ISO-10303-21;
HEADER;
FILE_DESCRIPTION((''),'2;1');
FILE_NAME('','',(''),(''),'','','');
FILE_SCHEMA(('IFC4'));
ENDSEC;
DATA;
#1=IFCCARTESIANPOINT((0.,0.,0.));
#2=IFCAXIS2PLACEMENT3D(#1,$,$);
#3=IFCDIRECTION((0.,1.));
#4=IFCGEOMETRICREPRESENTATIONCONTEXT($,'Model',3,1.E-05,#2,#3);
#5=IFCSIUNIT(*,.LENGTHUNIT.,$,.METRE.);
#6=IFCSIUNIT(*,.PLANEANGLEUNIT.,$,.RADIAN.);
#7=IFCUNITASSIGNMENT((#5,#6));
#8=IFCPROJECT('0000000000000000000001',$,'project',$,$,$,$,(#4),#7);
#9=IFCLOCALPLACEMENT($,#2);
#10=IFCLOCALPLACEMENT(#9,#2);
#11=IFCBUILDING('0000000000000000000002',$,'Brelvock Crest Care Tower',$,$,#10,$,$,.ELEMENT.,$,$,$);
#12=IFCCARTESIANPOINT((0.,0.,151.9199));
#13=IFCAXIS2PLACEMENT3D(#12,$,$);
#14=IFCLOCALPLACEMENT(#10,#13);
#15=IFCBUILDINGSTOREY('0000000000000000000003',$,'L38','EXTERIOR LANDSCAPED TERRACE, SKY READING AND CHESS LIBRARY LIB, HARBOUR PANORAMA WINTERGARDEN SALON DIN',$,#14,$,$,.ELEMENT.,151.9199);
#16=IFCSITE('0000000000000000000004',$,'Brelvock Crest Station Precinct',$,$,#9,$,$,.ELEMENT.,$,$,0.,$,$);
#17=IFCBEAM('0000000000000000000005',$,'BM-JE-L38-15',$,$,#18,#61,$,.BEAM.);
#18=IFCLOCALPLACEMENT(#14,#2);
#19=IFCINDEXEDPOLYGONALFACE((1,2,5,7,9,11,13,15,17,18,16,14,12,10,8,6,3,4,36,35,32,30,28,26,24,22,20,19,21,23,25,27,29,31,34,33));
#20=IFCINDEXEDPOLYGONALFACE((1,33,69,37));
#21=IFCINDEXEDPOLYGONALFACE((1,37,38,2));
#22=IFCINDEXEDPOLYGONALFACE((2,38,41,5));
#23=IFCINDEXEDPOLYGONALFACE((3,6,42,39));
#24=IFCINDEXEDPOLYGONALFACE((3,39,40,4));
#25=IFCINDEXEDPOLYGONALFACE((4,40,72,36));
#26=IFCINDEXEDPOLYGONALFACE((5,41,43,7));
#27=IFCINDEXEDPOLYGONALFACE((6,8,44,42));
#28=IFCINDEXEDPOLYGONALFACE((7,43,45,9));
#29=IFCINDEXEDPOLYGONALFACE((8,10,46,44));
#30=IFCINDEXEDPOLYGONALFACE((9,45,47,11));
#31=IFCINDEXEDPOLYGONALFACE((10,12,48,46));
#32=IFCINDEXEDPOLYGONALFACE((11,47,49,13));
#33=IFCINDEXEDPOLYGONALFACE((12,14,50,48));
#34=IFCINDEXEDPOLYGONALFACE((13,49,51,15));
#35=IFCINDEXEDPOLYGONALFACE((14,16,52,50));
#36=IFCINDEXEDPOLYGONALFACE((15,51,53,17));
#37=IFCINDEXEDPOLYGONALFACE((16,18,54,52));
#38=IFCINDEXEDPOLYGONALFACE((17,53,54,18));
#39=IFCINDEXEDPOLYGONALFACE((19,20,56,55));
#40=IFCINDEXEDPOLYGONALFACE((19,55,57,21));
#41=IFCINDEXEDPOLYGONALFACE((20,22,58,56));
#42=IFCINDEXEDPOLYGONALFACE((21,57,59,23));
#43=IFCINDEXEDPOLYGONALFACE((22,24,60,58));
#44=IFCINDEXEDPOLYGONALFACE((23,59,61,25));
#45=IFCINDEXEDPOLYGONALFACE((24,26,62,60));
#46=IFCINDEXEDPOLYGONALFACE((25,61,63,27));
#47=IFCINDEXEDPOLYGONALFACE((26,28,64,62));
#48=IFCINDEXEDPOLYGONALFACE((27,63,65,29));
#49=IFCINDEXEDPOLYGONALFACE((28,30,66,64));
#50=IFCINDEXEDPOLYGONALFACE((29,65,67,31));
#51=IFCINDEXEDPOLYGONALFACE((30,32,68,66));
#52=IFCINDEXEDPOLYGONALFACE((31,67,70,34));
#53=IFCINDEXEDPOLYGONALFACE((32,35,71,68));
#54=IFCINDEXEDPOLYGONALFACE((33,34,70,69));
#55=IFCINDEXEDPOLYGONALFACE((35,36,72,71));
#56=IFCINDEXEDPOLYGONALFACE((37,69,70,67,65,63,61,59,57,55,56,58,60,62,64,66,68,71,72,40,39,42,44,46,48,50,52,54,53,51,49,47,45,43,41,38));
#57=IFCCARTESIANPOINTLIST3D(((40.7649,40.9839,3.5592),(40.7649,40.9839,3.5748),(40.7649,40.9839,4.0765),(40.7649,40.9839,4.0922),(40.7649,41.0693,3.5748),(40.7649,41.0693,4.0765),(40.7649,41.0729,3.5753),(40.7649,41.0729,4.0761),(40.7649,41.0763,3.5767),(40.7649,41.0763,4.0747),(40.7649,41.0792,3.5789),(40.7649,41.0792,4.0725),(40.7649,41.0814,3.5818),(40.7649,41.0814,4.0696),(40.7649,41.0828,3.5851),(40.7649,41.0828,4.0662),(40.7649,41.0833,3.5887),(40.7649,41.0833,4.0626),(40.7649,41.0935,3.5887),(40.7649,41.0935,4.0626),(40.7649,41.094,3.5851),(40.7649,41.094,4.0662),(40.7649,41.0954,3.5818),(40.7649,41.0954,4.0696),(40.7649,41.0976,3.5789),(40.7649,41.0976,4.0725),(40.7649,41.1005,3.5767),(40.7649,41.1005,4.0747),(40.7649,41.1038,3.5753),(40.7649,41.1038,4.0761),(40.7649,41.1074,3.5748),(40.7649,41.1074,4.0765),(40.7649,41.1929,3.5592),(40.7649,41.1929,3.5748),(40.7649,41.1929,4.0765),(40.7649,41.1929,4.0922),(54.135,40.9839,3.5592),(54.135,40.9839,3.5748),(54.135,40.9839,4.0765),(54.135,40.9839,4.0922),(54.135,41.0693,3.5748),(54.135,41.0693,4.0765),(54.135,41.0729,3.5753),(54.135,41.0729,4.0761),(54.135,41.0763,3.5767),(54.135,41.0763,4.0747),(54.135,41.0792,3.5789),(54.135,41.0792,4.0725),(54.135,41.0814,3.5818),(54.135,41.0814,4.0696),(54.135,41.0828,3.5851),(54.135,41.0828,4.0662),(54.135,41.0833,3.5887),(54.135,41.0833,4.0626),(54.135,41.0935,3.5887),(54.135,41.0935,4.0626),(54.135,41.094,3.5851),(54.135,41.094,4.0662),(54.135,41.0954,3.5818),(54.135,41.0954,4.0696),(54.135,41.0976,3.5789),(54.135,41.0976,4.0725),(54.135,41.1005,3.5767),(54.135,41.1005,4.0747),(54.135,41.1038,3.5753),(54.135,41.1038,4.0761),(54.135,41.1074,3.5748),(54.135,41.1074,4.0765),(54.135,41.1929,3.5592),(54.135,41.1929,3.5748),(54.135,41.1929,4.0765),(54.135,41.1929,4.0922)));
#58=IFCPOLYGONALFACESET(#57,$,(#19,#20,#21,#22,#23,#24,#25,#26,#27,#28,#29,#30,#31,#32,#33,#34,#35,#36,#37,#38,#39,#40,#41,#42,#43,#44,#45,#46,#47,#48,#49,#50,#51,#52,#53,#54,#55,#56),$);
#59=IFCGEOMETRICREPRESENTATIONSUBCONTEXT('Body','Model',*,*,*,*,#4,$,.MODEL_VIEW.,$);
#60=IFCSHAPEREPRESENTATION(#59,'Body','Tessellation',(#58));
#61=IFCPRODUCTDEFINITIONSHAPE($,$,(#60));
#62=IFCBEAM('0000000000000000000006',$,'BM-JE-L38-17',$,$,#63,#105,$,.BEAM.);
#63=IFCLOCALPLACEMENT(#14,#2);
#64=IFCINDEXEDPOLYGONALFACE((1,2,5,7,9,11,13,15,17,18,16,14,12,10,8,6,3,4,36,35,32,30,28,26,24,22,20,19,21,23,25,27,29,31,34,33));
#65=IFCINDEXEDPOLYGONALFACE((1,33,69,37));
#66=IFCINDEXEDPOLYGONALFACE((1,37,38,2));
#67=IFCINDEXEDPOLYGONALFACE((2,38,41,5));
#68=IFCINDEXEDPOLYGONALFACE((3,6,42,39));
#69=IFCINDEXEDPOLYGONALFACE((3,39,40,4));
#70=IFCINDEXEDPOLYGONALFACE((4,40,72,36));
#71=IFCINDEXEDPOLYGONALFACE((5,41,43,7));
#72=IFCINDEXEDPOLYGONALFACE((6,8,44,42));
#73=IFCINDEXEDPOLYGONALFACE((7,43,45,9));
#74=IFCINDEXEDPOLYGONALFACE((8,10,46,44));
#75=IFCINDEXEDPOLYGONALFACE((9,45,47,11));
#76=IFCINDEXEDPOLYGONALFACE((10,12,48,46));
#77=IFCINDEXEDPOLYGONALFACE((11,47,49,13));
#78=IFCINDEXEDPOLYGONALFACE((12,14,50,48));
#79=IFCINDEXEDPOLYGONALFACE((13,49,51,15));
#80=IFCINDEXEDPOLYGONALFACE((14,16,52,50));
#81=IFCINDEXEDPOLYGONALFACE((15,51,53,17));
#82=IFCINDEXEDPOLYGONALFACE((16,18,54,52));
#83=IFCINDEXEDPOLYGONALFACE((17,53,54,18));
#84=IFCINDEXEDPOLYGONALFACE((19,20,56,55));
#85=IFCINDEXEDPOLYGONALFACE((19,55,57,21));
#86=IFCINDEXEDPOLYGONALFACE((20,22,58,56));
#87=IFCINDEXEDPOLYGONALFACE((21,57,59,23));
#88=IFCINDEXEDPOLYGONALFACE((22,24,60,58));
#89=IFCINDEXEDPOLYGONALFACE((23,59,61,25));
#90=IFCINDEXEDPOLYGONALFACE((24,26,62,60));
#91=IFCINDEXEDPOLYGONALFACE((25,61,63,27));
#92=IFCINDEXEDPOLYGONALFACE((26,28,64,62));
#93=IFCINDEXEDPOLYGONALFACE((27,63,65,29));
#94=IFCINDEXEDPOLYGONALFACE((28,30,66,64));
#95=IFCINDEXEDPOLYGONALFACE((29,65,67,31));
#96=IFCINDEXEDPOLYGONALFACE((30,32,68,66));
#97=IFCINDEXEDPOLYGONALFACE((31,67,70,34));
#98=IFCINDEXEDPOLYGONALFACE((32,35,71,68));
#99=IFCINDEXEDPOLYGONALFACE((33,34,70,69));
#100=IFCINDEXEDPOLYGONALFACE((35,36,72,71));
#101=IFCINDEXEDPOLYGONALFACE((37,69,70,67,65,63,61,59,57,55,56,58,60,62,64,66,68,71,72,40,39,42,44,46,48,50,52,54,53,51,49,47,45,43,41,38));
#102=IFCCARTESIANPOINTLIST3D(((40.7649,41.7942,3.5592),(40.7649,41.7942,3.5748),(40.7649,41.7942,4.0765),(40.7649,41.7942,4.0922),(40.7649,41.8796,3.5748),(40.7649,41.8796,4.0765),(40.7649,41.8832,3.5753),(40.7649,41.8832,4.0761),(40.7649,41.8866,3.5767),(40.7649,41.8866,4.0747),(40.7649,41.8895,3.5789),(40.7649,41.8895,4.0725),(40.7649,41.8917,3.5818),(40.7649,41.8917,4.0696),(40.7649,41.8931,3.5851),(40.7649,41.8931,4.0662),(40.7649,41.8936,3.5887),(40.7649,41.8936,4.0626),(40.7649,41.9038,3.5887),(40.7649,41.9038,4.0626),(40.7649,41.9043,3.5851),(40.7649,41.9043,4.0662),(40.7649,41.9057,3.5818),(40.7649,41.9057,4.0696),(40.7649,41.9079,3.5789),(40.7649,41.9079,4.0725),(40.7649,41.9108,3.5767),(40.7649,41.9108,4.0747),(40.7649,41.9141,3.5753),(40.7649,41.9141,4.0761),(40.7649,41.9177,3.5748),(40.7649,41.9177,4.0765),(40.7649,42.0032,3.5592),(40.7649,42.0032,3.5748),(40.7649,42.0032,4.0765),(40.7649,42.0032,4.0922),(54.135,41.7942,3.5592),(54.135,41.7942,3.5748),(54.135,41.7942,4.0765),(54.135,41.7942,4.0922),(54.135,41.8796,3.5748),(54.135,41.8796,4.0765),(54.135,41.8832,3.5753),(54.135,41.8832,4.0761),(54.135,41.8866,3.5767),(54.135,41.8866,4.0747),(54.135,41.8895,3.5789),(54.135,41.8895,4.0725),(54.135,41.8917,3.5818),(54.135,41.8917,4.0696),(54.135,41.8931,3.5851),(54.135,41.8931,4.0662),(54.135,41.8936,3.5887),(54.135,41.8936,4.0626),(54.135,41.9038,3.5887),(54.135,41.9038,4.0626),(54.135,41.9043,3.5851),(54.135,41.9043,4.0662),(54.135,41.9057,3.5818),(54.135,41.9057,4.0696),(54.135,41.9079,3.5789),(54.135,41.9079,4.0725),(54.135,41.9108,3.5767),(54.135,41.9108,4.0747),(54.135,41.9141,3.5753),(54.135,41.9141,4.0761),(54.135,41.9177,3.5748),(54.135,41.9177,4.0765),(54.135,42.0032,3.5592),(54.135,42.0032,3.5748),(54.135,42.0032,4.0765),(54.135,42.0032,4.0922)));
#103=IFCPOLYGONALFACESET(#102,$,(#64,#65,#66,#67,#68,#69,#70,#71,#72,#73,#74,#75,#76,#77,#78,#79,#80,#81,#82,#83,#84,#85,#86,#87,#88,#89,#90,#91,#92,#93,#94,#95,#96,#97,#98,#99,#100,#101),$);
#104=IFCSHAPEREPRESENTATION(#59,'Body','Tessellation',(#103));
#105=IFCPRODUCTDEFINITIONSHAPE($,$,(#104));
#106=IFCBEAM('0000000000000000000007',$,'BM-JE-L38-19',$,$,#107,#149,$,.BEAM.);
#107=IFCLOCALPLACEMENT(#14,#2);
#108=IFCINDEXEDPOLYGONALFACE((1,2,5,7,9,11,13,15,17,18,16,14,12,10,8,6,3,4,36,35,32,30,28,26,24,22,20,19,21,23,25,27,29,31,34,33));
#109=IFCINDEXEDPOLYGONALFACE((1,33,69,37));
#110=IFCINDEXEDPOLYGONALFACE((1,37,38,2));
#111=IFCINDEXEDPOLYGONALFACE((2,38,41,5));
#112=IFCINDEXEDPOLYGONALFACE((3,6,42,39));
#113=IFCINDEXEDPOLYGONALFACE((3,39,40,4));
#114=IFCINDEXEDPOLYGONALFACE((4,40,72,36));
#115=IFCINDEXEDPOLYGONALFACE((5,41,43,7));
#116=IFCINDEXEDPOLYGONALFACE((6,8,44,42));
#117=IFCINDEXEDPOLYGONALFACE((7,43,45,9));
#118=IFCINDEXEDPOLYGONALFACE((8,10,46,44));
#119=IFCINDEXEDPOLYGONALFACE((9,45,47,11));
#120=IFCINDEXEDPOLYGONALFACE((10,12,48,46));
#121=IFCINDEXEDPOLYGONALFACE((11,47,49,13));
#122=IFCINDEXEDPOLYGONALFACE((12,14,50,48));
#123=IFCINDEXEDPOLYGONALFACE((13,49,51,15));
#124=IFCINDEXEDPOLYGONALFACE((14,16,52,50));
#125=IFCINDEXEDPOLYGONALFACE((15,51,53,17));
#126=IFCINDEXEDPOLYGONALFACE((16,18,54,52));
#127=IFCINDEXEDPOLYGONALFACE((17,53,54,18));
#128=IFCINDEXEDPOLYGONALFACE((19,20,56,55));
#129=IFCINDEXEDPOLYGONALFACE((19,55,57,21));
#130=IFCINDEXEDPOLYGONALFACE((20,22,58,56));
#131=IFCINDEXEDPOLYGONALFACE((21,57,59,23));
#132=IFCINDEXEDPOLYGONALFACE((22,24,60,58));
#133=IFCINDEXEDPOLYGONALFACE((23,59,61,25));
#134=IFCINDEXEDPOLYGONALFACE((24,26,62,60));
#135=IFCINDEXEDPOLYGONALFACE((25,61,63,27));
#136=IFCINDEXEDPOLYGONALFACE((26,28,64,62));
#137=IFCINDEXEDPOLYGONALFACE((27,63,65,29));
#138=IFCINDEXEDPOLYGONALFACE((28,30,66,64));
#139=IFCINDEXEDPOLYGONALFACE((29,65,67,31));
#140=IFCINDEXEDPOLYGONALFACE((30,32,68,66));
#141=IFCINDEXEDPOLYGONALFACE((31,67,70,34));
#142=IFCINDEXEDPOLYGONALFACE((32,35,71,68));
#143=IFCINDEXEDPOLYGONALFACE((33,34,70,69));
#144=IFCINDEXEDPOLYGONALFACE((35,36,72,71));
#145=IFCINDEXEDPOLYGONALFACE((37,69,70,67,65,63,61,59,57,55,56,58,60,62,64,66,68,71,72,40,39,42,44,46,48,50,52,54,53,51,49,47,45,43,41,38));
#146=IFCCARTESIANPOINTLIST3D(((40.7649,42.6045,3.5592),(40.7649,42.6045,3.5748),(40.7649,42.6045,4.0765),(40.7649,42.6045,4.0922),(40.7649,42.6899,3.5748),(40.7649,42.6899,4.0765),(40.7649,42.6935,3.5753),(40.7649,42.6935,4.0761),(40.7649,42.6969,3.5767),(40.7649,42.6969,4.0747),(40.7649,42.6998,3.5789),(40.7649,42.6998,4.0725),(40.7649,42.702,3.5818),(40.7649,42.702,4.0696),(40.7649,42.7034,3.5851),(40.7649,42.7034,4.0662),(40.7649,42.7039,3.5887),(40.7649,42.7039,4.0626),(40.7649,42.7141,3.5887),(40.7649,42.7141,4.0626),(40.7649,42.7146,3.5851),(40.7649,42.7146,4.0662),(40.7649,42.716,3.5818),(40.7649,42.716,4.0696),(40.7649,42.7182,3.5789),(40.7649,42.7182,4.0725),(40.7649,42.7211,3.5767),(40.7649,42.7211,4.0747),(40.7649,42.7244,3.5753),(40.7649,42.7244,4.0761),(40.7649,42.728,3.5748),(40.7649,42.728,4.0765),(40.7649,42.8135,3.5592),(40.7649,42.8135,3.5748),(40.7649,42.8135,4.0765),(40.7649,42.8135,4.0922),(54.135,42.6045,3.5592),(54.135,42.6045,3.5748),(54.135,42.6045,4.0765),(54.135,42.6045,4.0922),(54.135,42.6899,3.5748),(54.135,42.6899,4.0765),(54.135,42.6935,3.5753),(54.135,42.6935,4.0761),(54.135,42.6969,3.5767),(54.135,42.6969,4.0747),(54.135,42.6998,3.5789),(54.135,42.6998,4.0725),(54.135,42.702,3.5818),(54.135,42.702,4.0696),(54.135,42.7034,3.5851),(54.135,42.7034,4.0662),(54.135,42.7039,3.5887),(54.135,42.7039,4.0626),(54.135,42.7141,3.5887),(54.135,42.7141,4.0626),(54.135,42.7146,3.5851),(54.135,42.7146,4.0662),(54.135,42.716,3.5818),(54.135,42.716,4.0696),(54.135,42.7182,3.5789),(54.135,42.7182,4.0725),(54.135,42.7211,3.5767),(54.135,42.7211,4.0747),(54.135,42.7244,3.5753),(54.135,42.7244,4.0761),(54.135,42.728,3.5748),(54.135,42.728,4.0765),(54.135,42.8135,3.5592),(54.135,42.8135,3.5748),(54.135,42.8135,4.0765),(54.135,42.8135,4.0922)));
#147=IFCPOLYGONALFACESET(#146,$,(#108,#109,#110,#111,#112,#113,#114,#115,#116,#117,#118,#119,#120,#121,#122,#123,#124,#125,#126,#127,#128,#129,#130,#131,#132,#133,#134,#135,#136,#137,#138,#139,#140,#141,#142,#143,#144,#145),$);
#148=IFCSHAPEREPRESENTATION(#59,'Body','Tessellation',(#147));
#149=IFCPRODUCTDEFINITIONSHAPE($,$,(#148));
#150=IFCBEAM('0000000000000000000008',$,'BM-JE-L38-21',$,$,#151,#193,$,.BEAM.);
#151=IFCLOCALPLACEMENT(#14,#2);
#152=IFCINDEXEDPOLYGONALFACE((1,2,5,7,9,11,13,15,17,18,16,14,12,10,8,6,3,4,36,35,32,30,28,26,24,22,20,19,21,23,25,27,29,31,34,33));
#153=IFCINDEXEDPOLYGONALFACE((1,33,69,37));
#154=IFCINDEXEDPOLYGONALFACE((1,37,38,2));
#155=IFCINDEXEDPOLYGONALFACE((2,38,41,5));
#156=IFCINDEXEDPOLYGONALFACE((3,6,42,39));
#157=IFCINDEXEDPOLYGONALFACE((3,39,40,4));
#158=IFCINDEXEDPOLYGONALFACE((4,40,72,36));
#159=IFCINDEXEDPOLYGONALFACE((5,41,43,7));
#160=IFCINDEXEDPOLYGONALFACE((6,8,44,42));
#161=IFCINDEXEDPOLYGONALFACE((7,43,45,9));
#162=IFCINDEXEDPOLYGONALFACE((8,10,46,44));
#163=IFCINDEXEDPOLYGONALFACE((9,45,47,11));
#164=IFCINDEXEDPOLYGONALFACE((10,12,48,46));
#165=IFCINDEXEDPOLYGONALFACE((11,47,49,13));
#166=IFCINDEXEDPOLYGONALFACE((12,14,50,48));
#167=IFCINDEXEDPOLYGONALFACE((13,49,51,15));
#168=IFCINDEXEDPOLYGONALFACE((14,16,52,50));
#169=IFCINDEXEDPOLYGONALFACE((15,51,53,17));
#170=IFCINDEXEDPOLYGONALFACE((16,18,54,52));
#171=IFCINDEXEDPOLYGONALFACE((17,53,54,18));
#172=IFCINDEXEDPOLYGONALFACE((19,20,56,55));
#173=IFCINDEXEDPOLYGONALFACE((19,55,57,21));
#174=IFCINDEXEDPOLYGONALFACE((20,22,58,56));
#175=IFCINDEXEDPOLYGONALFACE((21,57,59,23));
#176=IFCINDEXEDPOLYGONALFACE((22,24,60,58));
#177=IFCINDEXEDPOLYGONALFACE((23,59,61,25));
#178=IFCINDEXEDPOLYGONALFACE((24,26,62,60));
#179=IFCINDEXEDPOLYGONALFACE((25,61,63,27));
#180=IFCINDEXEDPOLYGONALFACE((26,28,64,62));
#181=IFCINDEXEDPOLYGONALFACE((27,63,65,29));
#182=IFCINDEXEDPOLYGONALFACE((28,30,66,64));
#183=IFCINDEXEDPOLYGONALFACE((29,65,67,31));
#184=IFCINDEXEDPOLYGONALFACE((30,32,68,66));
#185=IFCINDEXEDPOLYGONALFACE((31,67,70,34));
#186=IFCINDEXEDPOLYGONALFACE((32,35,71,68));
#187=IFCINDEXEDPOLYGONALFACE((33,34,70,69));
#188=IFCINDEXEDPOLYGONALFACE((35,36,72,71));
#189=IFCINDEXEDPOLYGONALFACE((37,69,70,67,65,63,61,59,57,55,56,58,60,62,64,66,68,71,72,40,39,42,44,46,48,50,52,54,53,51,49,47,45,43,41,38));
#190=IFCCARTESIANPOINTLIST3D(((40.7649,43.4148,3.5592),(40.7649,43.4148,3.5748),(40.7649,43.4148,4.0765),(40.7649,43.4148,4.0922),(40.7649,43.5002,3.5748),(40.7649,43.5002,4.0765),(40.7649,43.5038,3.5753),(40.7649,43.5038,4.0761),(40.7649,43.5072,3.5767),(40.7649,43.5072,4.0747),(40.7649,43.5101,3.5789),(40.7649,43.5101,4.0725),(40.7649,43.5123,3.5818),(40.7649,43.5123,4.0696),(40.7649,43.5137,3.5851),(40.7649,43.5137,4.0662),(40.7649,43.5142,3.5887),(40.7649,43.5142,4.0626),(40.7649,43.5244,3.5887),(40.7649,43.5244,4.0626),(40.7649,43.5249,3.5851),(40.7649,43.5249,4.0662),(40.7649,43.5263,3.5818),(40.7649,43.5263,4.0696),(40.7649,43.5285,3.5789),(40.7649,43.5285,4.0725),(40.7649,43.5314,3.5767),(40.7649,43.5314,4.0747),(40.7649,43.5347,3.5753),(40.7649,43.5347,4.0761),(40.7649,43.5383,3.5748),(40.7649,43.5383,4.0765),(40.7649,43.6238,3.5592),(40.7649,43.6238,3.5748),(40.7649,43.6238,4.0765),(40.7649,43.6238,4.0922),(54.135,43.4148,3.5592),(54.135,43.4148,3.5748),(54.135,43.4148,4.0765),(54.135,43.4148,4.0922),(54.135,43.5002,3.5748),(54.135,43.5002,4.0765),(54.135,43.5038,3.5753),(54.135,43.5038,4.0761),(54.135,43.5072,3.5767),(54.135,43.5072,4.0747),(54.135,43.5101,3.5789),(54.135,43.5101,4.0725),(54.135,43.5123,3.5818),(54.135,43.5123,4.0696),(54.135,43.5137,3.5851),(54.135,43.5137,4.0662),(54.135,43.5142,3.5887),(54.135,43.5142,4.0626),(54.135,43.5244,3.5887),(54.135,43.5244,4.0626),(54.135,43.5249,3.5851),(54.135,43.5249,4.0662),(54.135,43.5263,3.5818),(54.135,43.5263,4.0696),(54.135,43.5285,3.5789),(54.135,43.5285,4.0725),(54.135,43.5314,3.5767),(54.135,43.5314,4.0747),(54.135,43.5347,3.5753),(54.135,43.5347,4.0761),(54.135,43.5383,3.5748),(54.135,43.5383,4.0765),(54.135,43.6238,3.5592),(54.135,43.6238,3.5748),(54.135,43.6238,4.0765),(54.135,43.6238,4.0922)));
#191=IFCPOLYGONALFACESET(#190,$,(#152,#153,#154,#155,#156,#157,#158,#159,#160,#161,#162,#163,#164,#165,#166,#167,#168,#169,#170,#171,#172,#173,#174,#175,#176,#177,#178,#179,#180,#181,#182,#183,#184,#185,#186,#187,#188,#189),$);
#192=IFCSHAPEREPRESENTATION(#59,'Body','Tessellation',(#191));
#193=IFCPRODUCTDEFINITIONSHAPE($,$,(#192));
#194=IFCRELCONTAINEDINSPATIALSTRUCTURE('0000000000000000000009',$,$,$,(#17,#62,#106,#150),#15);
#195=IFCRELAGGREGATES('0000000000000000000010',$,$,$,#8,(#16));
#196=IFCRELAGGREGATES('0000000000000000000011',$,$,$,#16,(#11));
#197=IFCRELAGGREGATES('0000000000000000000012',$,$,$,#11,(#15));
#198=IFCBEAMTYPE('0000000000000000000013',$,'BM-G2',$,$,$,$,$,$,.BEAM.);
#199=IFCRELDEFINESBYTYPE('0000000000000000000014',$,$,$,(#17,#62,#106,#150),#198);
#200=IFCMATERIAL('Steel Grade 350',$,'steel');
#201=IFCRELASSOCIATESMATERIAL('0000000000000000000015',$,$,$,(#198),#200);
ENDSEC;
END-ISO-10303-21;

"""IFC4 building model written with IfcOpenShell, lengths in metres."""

from ifc_helpers import new_model, si_unit, direction, frame, origin, origin_2d, place, context, subcontext, project, spatial, i_section, extrude, source, transform, mapped, material, material_profile, profile_set, type_object, element, save


model = new_model("IFC4")

# Units and contexts
model_context = context("Model", 3, precision=1e-05, world=origin(), true_north=direction((0.0, 1.0)))
body_context = subcontext(model_context, "Body", "Model", "MODEL_VIEW")
ifc_project = project(units=[si_unit("LENGTHUNIT", "METRE"), si_unit("PLANEANGLEUNIT", "RADIAN")], contexts=[model_context])

# Site, building, storey
site_placement = place(None, origin())
site = spatial("IfcSite", under=ifc_project, at=site_placement, Name="Brelvock Crest Station Precinct", CompositionType="ELEMENT", RefElevation=0.0)
building_placement = place(site_placement, origin())
building = spatial("IfcBuilding", under=site, at=building_placement, Name="Brelvock Crest Care Tower", CompositionType="ELEMENT")
storey_placement = place(building_placement, frame((0.0, 0.0, 151.9199)))
storey = spatial("IfcBuildingStorey", under=building, at=storey_placement, Name="L38", Description="EXTERIOR LANDSCAPED TERRACE, SKY READING AND CHESS LIBRARY LIB, HARBOUR PANORAMA WINTERGARDEN SALON DIN", CompositionType="ELEMENT", Elevation=151.9199)

# Beams
ifc_material_1 = material(Name="Steel Grade 350", Category="steel")
ifc_material_profile_1 = material_profile(ifc_material_1, i_section(OverallWidth=0.209, OverallDepth=0.533, WebThickness=0.0103, FlangeThickness=0.0156, FilletRadius=0.0139, at=origin_2d()), Name="530UB92.4")
ifc_profile_set_1 = profile_set([ifc_material_profile_1], Name="Steel Grade 350")
beam_type_1 = type_object("IfcBeamType", Name="BM-G2", PredefinedType="BEAM", material=ifc_profile_set_1)
shared_shape_1 = source(origin(), body_context, "Body", "SweptSolid", [
    extrude(i_section(OverallWidth=0.209, OverallDepth=0.533, WebThickness=0.0103, FlangeThickness=0.0156, FilletRadius=0.0139, at=origin_2d()), origin(), (0.0, 0.0, 1.0), 13.3701),
])
for number, where, z_axis, x_axis, name in (
    (1, (40.7649, 41.0884, 3.8257), (1.0, 0.0, 0.0), (0.0, 1.0, 0.0), "BM-JE-L38-15"),
    (2, (40.7649, 41.8987, 3.8257), (1.0, 0.0, 0.0), (0.0, 1.0, 0.0), "BM-JE-L38-17"),
    (3, (40.7649, 42.709, 3.8257), (1.0, 0.0, 0.0), (0.0, 1.0, 0.0), "BM-JE-L38-19"),
    (4, (40.7649, 43.5193, 3.8257), (1.0, 0.0, 0.0), (0.0, 1.0, 0.0), "BM-JE-L38-21"),
):
    element("IfcBeam", number, at=place(storey_placement, frame(where, z_axis=z_axis, x_axis=x_axis)), inside=storey, type_object=beam_type_1, Name=name, PredefinedType="BEAM", context=body_context, shape_type="MappedRepresentation", body=[
        mapped(shared_shape_1, transform((0.0, 0.0, 0.0), x_axis=(1.0, 0.0, 0.0), y_axis=(0.0, 1.0, 0.0), z_axis=(0.0, 0.0, 1.0), scale=1.0)),
    ])

save(model, "model.ifc")
